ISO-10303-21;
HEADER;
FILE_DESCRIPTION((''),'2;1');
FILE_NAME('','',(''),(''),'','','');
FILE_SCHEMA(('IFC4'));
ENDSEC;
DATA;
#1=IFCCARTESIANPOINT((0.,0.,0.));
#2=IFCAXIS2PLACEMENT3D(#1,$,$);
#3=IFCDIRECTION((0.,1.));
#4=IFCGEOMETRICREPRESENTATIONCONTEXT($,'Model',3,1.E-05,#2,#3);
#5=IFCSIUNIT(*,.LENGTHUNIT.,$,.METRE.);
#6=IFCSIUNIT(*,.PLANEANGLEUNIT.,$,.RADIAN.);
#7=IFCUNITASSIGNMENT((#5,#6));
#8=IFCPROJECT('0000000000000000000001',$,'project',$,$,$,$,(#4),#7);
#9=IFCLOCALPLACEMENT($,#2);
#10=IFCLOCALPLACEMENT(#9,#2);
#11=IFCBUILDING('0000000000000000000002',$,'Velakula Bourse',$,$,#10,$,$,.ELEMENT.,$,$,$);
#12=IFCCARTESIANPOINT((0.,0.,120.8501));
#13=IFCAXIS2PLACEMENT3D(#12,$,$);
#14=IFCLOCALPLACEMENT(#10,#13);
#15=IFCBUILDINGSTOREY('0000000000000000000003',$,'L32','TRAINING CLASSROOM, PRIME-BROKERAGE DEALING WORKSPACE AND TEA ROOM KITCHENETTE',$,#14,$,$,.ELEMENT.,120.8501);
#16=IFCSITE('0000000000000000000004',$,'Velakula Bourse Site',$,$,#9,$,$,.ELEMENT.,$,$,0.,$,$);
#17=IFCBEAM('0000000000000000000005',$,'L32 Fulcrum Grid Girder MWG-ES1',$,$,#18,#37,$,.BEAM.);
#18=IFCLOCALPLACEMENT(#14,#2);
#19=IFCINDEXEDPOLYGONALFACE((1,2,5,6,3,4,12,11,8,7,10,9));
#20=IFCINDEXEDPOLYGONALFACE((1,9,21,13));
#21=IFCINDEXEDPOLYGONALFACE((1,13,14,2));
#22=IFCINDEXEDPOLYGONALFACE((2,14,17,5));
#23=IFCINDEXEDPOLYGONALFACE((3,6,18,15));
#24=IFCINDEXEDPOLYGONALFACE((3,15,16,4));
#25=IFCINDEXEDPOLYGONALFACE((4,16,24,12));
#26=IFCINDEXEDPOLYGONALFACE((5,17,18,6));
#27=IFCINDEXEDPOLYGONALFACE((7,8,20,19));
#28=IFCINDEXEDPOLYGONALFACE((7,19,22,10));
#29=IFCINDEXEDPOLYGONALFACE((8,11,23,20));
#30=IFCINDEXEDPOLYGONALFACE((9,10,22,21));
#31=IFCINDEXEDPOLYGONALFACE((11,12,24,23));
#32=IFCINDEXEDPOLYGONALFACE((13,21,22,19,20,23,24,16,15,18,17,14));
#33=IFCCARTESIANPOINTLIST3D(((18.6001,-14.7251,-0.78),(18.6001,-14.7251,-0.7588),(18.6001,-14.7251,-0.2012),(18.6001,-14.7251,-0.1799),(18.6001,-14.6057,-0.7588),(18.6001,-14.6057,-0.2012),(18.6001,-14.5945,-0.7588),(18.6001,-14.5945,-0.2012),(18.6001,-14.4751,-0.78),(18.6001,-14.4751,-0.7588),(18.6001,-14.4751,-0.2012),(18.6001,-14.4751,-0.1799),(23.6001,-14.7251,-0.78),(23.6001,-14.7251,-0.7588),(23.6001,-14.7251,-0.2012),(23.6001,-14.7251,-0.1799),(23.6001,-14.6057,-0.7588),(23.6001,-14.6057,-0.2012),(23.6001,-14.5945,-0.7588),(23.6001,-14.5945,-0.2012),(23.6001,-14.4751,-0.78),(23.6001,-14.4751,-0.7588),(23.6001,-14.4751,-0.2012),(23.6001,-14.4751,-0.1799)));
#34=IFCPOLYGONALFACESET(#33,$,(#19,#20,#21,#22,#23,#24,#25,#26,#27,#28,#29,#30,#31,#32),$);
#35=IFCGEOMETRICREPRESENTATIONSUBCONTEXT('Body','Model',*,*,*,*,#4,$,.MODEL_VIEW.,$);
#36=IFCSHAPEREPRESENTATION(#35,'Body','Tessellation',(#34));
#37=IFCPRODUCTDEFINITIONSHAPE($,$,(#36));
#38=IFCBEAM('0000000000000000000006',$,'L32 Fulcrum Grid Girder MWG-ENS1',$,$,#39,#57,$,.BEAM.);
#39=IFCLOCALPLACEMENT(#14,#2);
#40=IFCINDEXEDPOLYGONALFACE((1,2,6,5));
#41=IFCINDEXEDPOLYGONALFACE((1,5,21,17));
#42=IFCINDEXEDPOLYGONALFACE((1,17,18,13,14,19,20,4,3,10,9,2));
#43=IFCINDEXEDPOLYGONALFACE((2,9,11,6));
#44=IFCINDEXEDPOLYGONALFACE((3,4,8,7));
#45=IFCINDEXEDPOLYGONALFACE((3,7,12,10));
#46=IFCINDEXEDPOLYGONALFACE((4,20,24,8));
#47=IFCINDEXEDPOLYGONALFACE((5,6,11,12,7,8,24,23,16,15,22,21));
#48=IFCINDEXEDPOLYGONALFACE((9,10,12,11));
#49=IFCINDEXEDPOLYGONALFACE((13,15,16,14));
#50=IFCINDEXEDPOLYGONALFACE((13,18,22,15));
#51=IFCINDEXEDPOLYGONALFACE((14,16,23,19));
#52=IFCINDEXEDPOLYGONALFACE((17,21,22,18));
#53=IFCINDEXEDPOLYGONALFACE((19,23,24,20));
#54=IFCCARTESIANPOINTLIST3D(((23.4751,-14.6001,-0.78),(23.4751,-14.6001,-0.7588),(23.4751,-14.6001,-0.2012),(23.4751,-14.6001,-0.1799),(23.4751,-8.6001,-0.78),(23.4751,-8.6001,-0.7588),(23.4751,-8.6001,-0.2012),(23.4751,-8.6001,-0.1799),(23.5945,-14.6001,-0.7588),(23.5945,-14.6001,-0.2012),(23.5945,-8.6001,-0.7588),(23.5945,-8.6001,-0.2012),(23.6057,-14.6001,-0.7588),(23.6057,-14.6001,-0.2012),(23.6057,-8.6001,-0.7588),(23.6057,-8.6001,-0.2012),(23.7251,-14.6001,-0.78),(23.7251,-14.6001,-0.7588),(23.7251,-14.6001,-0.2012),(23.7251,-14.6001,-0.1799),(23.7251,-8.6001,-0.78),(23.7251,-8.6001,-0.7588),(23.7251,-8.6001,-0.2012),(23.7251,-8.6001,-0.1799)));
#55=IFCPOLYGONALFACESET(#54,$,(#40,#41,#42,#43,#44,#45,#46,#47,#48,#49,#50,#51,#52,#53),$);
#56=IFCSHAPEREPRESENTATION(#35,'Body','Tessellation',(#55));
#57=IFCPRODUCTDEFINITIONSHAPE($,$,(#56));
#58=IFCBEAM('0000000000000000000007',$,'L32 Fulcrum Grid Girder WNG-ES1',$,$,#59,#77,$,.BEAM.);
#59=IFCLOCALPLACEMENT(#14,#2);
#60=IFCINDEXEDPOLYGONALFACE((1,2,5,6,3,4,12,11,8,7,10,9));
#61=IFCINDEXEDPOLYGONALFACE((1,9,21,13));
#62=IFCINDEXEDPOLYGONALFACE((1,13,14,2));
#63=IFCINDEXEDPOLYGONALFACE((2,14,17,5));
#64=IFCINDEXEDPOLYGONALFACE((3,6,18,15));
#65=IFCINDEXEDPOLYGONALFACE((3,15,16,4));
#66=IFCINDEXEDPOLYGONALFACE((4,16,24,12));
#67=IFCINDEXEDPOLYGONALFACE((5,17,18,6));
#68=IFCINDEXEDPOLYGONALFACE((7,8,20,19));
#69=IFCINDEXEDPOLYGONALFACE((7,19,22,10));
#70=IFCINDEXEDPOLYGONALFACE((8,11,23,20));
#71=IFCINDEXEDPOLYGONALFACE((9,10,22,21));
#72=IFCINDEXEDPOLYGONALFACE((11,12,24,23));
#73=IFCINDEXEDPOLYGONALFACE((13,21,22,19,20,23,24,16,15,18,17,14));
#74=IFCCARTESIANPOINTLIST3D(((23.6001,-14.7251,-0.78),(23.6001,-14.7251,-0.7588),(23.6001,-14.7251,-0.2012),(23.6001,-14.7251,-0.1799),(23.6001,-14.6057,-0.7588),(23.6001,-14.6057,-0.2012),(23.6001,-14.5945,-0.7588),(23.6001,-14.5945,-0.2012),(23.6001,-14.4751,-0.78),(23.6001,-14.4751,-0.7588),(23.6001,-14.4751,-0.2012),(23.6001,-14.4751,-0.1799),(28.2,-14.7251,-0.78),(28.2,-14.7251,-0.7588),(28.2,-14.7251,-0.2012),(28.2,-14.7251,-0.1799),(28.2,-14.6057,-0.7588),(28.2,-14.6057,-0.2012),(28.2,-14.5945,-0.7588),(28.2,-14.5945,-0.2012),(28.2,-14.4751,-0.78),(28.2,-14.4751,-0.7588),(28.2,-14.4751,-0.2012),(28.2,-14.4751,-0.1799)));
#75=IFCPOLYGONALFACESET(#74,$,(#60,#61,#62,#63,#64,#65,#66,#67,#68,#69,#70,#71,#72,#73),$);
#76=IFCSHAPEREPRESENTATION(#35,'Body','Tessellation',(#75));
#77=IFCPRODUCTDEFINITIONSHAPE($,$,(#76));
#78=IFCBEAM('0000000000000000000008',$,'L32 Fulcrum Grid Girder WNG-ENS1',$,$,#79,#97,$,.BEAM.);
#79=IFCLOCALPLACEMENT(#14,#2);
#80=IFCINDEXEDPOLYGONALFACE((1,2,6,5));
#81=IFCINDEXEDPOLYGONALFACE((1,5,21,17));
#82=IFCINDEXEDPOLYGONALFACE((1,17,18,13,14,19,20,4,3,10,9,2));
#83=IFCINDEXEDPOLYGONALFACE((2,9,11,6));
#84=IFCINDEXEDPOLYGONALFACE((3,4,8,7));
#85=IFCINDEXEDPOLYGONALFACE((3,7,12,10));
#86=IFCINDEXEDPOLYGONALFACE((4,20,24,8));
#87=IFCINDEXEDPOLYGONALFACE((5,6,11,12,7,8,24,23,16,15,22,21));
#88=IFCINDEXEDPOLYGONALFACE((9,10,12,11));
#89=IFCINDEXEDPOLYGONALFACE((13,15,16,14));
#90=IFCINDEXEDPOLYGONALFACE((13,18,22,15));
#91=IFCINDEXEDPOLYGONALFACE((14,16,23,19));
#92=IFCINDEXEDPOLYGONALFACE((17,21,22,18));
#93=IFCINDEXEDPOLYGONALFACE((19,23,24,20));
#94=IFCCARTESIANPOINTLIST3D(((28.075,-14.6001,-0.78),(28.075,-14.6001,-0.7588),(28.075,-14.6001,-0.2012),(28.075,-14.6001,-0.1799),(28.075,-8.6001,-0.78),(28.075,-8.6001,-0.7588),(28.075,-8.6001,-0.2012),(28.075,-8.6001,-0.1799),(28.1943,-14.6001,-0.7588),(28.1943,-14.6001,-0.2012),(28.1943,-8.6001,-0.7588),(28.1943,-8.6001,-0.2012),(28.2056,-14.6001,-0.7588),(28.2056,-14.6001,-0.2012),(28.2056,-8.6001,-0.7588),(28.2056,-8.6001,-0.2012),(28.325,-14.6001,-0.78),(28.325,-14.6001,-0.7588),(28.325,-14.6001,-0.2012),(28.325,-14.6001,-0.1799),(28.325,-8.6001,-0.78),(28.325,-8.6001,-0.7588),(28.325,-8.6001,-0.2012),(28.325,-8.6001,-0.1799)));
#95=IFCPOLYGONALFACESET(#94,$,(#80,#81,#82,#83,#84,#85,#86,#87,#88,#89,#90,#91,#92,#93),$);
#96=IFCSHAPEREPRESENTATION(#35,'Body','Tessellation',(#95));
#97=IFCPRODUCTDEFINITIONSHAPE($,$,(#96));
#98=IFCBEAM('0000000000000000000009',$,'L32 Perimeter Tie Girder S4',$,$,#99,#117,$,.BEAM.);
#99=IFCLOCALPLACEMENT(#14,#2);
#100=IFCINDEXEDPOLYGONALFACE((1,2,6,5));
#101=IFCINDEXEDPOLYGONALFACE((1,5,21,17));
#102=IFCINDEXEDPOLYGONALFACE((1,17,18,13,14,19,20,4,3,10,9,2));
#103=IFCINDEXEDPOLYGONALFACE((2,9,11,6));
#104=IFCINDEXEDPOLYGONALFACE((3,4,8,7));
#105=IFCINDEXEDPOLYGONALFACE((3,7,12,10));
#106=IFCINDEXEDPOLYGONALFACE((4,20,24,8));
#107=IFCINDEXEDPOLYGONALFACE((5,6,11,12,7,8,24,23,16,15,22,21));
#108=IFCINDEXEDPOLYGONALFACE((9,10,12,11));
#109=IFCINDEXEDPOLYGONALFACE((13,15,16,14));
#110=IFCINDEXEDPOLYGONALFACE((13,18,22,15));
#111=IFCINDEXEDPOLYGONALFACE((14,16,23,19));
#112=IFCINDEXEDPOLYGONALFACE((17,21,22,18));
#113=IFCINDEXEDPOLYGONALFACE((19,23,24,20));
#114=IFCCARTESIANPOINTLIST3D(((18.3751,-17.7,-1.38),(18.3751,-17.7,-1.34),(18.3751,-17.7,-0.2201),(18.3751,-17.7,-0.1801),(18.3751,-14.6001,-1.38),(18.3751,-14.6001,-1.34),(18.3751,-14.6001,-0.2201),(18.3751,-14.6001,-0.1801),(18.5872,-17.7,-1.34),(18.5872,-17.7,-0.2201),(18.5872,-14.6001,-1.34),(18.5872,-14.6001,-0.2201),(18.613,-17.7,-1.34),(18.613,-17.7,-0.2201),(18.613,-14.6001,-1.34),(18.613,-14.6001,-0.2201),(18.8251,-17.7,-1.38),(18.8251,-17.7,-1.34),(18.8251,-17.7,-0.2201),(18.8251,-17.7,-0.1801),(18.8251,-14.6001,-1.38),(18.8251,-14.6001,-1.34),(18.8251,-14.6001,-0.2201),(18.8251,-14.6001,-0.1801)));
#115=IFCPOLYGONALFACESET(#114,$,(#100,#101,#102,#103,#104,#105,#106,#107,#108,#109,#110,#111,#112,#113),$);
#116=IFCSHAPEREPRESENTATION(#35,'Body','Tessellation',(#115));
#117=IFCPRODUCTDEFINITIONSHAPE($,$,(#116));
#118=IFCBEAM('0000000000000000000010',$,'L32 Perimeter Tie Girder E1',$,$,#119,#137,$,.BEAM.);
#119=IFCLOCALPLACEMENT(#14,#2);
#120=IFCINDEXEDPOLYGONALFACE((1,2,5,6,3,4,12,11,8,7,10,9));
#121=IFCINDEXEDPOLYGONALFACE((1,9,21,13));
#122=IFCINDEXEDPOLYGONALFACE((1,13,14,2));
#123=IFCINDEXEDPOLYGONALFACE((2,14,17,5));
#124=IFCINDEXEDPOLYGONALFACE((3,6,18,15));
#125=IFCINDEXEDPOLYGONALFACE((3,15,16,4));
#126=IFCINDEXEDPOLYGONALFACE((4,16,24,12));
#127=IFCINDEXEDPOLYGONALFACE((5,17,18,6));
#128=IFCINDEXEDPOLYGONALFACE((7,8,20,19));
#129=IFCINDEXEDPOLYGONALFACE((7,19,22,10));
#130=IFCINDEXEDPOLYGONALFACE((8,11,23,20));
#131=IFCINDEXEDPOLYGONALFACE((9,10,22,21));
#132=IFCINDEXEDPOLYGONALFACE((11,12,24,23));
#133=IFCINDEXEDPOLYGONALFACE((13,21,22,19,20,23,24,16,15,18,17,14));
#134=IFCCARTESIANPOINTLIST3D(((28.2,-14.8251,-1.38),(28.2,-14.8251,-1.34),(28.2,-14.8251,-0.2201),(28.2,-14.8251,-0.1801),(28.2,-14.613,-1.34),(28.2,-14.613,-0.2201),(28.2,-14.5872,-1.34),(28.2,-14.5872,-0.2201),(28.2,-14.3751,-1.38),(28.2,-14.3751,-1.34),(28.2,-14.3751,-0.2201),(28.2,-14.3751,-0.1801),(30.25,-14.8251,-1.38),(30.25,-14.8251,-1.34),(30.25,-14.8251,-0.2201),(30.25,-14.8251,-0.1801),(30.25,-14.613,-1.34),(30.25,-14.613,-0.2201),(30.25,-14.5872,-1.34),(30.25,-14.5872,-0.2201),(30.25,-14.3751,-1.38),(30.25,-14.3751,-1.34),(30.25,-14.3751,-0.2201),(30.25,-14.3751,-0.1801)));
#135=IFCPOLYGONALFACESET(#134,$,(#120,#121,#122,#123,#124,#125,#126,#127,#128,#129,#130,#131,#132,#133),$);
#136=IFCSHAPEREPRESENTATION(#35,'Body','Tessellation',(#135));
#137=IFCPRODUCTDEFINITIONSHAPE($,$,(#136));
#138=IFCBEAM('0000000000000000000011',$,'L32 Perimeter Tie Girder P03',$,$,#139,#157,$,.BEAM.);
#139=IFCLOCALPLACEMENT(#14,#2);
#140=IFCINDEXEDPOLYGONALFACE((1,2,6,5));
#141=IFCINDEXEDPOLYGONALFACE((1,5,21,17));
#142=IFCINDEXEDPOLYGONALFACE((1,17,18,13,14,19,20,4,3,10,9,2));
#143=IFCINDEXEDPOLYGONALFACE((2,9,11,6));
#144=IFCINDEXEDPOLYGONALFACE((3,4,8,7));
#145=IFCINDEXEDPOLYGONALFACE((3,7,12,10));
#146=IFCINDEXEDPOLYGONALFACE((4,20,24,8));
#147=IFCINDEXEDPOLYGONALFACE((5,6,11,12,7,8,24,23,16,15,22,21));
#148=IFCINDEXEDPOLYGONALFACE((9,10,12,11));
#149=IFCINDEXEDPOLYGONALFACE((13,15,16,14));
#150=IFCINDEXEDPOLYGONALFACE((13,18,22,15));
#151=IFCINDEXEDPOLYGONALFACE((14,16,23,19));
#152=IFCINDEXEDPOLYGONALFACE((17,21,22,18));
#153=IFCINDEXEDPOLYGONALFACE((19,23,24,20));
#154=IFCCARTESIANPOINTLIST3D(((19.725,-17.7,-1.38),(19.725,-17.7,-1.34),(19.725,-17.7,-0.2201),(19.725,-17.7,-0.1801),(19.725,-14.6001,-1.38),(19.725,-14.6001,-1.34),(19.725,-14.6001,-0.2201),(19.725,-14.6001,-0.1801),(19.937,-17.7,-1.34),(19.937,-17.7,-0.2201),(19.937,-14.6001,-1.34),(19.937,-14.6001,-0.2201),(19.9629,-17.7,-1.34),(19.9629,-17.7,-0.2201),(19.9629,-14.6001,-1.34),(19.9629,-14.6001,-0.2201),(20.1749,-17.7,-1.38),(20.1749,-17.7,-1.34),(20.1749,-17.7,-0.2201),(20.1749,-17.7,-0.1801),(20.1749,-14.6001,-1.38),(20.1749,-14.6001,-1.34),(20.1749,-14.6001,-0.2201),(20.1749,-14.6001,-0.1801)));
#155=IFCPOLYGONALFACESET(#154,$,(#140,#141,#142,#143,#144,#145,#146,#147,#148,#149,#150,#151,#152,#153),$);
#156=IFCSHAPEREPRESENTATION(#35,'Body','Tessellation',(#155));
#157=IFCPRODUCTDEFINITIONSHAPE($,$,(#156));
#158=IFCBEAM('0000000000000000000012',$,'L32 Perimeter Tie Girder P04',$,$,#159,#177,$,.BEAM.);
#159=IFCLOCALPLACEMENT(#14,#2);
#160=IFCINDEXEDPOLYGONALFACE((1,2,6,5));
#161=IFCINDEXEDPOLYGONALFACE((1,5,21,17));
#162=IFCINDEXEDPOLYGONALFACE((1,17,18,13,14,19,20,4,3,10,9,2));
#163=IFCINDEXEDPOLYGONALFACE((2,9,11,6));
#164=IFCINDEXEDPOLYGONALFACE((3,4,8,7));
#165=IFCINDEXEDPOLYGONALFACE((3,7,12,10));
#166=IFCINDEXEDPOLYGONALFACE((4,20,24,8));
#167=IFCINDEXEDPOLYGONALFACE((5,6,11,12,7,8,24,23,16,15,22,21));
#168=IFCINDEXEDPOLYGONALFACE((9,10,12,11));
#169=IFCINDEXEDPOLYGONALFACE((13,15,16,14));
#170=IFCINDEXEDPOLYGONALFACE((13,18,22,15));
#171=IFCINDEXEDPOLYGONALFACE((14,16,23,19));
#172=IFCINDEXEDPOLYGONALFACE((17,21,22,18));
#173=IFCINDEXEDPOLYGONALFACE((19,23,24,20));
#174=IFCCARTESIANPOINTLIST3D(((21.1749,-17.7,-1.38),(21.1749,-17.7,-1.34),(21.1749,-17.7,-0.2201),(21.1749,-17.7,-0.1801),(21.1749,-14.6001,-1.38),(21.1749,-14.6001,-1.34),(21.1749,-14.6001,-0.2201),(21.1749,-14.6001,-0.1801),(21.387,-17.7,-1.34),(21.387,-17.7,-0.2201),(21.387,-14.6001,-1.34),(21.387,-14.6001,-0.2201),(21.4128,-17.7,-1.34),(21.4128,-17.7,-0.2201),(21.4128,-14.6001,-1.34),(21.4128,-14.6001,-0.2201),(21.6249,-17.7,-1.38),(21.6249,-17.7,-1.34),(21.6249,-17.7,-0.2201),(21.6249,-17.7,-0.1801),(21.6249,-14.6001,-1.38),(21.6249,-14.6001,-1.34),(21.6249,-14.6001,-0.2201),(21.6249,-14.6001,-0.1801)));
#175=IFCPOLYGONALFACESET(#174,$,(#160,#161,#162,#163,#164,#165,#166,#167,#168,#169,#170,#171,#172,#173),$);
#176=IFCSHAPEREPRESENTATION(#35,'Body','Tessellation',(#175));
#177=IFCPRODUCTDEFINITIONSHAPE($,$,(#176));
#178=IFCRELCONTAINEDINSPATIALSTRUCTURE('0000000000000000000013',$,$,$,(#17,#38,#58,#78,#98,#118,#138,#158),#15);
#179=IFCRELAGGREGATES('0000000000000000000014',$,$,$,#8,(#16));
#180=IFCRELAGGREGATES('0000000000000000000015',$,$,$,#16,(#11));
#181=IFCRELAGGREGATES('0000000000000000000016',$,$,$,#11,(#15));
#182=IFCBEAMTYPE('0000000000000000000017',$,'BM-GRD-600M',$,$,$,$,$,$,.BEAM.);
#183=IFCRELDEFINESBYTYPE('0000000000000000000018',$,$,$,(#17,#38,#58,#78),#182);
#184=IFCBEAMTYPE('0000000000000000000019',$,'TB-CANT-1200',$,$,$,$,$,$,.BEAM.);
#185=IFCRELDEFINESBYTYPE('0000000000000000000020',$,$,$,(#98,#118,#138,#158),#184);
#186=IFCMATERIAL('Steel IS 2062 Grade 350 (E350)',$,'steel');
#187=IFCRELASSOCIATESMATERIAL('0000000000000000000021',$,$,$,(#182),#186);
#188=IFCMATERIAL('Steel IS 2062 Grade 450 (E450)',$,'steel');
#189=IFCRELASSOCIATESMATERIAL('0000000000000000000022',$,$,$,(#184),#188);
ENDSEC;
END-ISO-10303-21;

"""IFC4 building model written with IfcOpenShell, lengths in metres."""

from ifc_helpers import new_model, si_unit, direction, frame, origin, origin_2d, place, context, subcontext, project, spatial, i_section, extrude, material, material_profile, profile_set, type_object, element, save


model = new_model("IFC4")

# Units and contexts
model_context = context("Model", 3, precision=1e-05, world=origin(), true_north=direction((0.0, 1.0)))
body_context = subcontext(model_context, "Body", "Model", "MODEL_VIEW")
ifc_project = project(units=[si_unit("LENGTHUNIT", "METRE"), si_unit("PLANEANGLEUNIT", "RADIAN")], contexts=[model_context])

# Site, building, storey
site_placement = place(None, origin())
site = spatial("IfcSite", under=ifc_project, at=site_placement, Name="Velakula Bourse Site", CompositionType="ELEMENT", RefElevation=0.0)
building_placement = place(site_placement, origin())
building = spatial("IfcBuilding", under=site, at=building_placement, Name="Velakula Bourse", CompositionType="ELEMENT")
storey_placement = place(building_placement, frame((0.0, 0.0, 120.8501)))
storey = spatial("IfcBuildingStorey", under=building, at=storey_placement, Name="L32", Description="TRAINING CLASSROOM, PRIME-BROKERAGE DEALING WORKSPACE AND TEA ROOM KITCHENETTE", CompositionType="ELEMENT", Elevation=120.8501)

# Shared definitions
ifc_material_1 = material(Name="Steel IS 2062 Grade 350 (E350)", Category="steel")

# Beams
ifc_material_profile_1 = material_profile(ifc_material_1, i_section(OverallWidth=0.25, OverallDepth=0.6001, WebThickness=0.0112, FlangeThickness=0.0212, at=origin_2d()), Name="Steel IS 2062 Grade 350 (E350)")
ifc_profile_set_1 = profile_set([ifc_material_profile_1], Name="Steel IS 2062 Grade 350 (E350)")
beam_type_1 = type_object("IfcBeamType", Name="BM-GRD-600M", PredefinedType="BEAM", material=ifc_profile_set_1)
beam_1_placement = place(storey_placement, frame((18.6001, -14.6001, -0.48), z_axis=(1.0, 0.0, 0.0), x_axis=(0.0, 1.0, 0.0)))
element("IfcBeam", 1, at=beam_1_placement, inside=storey, type_object=beam_type_1, Name="L32 Fulcrum Grid Girder MWG-ES1", PredefinedType="BEAM", context=body_context, shape_type="SweptSolid", body=[
    extrude(i_section(OverallWidth=0.25, OverallDepth=0.6001, WebThickness=0.0112, FlangeThickness=0.0212, at=origin_2d()), origin(), (0.0, 0.0, 1.0), 5.0),
])
beam_2_placement = place(storey_placement, frame((23.6001, -14.6001, -0.48), z_axis=(0.0, 1.0, 0.0), x_axis=(-1.0, 0.0, 0.0)))
element("IfcBeam", 2, at=beam_2_placement, inside=storey, type_object=beam_type_1, Name="L32 Fulcrum Grid Girder MWG-ENS1", PredefinedType="BEAM", context=body_context, shape_type="SweptSolid", body=[
    extrude(i_section(OverallWidth=0.25, OverallDepth=0.6001, WebThickness=0.0112, FlangeThickness=0.0212, at=origin_2d()), origin(), (0.0, 0.0, 1.0), 6.0),
])
beam_3_placement = place(storey_placement, frame((23.6001, -14.6001, -0.48), z_axis=(1.0, 0.0, 0.0), x_axis=(0.0, 1.0, 0.0)))
element("IfcBeam", 3, at=beam_3_placement, inside=storey, type_object=beam_type_1, Name="L32 Fulcrum Grid Girder WNG-ES1", PredefinedType="BEAM", context=body_context, shape_type="SweptSolid", body=[
    extrude(i_section(OverallWidth=0.25, OverallDepth=0.6001, WebThickness=0.0112, FlangeThickness=0.0212, at=origin_2d()), origin(), (0.0, 0.0, 1.0), 4.5999),
])
beam_4_placement = place(storey_placement, frame((28.2, -14.6001, -0.48), z_axis=(0.0, 1.0, 0.0), x_axis=(-1.0, 0.0, 0.0)))
element("IfcBeam", 4, at=beam_4_placement, inside=storey, type_object=beam_type_1, Name="L32 Fulcrum Grid Girder WNG-ENS1", PredefinedType="BEAM", context=body_context, shape_type="SweptSolid", body=[
    extrude(i_section(OverallWidth=0.25, OverallDepth=0.6001, WebThickness=0.0112, FlangeThickness=0.0212, at=origin_2d()), origin(), (0.0, 0.0, 1.0), 6.0),
])
ifc_material_2 = material(Name="Steel IS 2062 Grade 450 (E450)", Category="steel")
ifc_material_profile_2 = material_profile(ifc_material_2, i_section(OverallWidth=0.45, OverallDepth=1.2, WebThickness=0.0259, FlangeThickness=0.04, at=origin_2d()), Name="Steel IS 2062 Grade 450 (E450)")
ifc_profile_set_2 = profile_set([ifc_material_profile_2], Name="Steel IS 2062 Grade 450 (E450)")
beam_type_2 = type_object("IfcBeamType", Name="TB-CANT-1200", PredefinedType="BEAM", material=ifc_profile_set_2)
beam_5_placement = place(storey_placement, frame((18.6001, -14.6001, -0.78), z_axis=(0.0, -1.0, 0.0), x_axis=(1.0, 0.0, 0.0)))
element("IfcBeam", 5, at=beam_5_placement, inside=storey, type_object=beam_type_2, Name="L32 Perimeter Tie Girder S4", PredefinedType="BEAM", context=body_context, shape_type="SweptSolid", body=[
    extrude(i_section(OverallWidth=0.45, OverallDepth=1.2, WebThickness=0.0259, FlangeThickness=0.04, at=origin_2d()), origin(), (0.0, 0.0, 1.0), 3.0999),
])
beam_6_placement = place(storey_placement, frame((28.2, -14.6001, -0.78), z_axis=(1.0, 0.0, 0.0), x_axis=(0.0, 1.0, 0.0)))
element("IfcBeam", 6, at=beam_6_placement, inside=storey, type_object=beam_type_2, Name="L32 Perimeter Tie Girder E1", PredefinedType="BEAM", context=body_context, shape_type="SweptSolid", body=[
    extrude(i_section(OverallWidth=0.45, OverallDepth=1.2, WebThickness=0.0259, FlangeThickness=0.04, at=origin_2d()), origin(), (0.0, 0.0, 1.0), 2.05),
])
for number, where, z_axis, x_axis, name in (
    (7, (19.95, -14.6001, -0.78), (0.0, -1.0, 0.0), (1.0, 0.0, 0.0), "L32 Perimeter Tie Girder P03"),
    (8, (21.3999, -14.6001, -0.78), (0.0, -1.0, 0.0), (1.0, 0.0, 0.0), "L32 Perimeter Tie Girder P04"),
):
    element("IfcBeam", number, at=place(storey_placement, frame(where, z_axis=z_axis, x_axis=x_axis)), inside=storey, type_object=beam_type_2, Name=name, PredefinedType="BEAM", context=body_context, shape_type="SweptSolid", body=[
        extrude(i_section(OverallWidth=0.45, OverallDepth=1.2, WebThickness=0.0259, FlangeThickness=0.04, at=origin_2d()), origin(), (0.0, 0.0, 1.0), 3.0999),
    ])

save(model, "model.ifc")
